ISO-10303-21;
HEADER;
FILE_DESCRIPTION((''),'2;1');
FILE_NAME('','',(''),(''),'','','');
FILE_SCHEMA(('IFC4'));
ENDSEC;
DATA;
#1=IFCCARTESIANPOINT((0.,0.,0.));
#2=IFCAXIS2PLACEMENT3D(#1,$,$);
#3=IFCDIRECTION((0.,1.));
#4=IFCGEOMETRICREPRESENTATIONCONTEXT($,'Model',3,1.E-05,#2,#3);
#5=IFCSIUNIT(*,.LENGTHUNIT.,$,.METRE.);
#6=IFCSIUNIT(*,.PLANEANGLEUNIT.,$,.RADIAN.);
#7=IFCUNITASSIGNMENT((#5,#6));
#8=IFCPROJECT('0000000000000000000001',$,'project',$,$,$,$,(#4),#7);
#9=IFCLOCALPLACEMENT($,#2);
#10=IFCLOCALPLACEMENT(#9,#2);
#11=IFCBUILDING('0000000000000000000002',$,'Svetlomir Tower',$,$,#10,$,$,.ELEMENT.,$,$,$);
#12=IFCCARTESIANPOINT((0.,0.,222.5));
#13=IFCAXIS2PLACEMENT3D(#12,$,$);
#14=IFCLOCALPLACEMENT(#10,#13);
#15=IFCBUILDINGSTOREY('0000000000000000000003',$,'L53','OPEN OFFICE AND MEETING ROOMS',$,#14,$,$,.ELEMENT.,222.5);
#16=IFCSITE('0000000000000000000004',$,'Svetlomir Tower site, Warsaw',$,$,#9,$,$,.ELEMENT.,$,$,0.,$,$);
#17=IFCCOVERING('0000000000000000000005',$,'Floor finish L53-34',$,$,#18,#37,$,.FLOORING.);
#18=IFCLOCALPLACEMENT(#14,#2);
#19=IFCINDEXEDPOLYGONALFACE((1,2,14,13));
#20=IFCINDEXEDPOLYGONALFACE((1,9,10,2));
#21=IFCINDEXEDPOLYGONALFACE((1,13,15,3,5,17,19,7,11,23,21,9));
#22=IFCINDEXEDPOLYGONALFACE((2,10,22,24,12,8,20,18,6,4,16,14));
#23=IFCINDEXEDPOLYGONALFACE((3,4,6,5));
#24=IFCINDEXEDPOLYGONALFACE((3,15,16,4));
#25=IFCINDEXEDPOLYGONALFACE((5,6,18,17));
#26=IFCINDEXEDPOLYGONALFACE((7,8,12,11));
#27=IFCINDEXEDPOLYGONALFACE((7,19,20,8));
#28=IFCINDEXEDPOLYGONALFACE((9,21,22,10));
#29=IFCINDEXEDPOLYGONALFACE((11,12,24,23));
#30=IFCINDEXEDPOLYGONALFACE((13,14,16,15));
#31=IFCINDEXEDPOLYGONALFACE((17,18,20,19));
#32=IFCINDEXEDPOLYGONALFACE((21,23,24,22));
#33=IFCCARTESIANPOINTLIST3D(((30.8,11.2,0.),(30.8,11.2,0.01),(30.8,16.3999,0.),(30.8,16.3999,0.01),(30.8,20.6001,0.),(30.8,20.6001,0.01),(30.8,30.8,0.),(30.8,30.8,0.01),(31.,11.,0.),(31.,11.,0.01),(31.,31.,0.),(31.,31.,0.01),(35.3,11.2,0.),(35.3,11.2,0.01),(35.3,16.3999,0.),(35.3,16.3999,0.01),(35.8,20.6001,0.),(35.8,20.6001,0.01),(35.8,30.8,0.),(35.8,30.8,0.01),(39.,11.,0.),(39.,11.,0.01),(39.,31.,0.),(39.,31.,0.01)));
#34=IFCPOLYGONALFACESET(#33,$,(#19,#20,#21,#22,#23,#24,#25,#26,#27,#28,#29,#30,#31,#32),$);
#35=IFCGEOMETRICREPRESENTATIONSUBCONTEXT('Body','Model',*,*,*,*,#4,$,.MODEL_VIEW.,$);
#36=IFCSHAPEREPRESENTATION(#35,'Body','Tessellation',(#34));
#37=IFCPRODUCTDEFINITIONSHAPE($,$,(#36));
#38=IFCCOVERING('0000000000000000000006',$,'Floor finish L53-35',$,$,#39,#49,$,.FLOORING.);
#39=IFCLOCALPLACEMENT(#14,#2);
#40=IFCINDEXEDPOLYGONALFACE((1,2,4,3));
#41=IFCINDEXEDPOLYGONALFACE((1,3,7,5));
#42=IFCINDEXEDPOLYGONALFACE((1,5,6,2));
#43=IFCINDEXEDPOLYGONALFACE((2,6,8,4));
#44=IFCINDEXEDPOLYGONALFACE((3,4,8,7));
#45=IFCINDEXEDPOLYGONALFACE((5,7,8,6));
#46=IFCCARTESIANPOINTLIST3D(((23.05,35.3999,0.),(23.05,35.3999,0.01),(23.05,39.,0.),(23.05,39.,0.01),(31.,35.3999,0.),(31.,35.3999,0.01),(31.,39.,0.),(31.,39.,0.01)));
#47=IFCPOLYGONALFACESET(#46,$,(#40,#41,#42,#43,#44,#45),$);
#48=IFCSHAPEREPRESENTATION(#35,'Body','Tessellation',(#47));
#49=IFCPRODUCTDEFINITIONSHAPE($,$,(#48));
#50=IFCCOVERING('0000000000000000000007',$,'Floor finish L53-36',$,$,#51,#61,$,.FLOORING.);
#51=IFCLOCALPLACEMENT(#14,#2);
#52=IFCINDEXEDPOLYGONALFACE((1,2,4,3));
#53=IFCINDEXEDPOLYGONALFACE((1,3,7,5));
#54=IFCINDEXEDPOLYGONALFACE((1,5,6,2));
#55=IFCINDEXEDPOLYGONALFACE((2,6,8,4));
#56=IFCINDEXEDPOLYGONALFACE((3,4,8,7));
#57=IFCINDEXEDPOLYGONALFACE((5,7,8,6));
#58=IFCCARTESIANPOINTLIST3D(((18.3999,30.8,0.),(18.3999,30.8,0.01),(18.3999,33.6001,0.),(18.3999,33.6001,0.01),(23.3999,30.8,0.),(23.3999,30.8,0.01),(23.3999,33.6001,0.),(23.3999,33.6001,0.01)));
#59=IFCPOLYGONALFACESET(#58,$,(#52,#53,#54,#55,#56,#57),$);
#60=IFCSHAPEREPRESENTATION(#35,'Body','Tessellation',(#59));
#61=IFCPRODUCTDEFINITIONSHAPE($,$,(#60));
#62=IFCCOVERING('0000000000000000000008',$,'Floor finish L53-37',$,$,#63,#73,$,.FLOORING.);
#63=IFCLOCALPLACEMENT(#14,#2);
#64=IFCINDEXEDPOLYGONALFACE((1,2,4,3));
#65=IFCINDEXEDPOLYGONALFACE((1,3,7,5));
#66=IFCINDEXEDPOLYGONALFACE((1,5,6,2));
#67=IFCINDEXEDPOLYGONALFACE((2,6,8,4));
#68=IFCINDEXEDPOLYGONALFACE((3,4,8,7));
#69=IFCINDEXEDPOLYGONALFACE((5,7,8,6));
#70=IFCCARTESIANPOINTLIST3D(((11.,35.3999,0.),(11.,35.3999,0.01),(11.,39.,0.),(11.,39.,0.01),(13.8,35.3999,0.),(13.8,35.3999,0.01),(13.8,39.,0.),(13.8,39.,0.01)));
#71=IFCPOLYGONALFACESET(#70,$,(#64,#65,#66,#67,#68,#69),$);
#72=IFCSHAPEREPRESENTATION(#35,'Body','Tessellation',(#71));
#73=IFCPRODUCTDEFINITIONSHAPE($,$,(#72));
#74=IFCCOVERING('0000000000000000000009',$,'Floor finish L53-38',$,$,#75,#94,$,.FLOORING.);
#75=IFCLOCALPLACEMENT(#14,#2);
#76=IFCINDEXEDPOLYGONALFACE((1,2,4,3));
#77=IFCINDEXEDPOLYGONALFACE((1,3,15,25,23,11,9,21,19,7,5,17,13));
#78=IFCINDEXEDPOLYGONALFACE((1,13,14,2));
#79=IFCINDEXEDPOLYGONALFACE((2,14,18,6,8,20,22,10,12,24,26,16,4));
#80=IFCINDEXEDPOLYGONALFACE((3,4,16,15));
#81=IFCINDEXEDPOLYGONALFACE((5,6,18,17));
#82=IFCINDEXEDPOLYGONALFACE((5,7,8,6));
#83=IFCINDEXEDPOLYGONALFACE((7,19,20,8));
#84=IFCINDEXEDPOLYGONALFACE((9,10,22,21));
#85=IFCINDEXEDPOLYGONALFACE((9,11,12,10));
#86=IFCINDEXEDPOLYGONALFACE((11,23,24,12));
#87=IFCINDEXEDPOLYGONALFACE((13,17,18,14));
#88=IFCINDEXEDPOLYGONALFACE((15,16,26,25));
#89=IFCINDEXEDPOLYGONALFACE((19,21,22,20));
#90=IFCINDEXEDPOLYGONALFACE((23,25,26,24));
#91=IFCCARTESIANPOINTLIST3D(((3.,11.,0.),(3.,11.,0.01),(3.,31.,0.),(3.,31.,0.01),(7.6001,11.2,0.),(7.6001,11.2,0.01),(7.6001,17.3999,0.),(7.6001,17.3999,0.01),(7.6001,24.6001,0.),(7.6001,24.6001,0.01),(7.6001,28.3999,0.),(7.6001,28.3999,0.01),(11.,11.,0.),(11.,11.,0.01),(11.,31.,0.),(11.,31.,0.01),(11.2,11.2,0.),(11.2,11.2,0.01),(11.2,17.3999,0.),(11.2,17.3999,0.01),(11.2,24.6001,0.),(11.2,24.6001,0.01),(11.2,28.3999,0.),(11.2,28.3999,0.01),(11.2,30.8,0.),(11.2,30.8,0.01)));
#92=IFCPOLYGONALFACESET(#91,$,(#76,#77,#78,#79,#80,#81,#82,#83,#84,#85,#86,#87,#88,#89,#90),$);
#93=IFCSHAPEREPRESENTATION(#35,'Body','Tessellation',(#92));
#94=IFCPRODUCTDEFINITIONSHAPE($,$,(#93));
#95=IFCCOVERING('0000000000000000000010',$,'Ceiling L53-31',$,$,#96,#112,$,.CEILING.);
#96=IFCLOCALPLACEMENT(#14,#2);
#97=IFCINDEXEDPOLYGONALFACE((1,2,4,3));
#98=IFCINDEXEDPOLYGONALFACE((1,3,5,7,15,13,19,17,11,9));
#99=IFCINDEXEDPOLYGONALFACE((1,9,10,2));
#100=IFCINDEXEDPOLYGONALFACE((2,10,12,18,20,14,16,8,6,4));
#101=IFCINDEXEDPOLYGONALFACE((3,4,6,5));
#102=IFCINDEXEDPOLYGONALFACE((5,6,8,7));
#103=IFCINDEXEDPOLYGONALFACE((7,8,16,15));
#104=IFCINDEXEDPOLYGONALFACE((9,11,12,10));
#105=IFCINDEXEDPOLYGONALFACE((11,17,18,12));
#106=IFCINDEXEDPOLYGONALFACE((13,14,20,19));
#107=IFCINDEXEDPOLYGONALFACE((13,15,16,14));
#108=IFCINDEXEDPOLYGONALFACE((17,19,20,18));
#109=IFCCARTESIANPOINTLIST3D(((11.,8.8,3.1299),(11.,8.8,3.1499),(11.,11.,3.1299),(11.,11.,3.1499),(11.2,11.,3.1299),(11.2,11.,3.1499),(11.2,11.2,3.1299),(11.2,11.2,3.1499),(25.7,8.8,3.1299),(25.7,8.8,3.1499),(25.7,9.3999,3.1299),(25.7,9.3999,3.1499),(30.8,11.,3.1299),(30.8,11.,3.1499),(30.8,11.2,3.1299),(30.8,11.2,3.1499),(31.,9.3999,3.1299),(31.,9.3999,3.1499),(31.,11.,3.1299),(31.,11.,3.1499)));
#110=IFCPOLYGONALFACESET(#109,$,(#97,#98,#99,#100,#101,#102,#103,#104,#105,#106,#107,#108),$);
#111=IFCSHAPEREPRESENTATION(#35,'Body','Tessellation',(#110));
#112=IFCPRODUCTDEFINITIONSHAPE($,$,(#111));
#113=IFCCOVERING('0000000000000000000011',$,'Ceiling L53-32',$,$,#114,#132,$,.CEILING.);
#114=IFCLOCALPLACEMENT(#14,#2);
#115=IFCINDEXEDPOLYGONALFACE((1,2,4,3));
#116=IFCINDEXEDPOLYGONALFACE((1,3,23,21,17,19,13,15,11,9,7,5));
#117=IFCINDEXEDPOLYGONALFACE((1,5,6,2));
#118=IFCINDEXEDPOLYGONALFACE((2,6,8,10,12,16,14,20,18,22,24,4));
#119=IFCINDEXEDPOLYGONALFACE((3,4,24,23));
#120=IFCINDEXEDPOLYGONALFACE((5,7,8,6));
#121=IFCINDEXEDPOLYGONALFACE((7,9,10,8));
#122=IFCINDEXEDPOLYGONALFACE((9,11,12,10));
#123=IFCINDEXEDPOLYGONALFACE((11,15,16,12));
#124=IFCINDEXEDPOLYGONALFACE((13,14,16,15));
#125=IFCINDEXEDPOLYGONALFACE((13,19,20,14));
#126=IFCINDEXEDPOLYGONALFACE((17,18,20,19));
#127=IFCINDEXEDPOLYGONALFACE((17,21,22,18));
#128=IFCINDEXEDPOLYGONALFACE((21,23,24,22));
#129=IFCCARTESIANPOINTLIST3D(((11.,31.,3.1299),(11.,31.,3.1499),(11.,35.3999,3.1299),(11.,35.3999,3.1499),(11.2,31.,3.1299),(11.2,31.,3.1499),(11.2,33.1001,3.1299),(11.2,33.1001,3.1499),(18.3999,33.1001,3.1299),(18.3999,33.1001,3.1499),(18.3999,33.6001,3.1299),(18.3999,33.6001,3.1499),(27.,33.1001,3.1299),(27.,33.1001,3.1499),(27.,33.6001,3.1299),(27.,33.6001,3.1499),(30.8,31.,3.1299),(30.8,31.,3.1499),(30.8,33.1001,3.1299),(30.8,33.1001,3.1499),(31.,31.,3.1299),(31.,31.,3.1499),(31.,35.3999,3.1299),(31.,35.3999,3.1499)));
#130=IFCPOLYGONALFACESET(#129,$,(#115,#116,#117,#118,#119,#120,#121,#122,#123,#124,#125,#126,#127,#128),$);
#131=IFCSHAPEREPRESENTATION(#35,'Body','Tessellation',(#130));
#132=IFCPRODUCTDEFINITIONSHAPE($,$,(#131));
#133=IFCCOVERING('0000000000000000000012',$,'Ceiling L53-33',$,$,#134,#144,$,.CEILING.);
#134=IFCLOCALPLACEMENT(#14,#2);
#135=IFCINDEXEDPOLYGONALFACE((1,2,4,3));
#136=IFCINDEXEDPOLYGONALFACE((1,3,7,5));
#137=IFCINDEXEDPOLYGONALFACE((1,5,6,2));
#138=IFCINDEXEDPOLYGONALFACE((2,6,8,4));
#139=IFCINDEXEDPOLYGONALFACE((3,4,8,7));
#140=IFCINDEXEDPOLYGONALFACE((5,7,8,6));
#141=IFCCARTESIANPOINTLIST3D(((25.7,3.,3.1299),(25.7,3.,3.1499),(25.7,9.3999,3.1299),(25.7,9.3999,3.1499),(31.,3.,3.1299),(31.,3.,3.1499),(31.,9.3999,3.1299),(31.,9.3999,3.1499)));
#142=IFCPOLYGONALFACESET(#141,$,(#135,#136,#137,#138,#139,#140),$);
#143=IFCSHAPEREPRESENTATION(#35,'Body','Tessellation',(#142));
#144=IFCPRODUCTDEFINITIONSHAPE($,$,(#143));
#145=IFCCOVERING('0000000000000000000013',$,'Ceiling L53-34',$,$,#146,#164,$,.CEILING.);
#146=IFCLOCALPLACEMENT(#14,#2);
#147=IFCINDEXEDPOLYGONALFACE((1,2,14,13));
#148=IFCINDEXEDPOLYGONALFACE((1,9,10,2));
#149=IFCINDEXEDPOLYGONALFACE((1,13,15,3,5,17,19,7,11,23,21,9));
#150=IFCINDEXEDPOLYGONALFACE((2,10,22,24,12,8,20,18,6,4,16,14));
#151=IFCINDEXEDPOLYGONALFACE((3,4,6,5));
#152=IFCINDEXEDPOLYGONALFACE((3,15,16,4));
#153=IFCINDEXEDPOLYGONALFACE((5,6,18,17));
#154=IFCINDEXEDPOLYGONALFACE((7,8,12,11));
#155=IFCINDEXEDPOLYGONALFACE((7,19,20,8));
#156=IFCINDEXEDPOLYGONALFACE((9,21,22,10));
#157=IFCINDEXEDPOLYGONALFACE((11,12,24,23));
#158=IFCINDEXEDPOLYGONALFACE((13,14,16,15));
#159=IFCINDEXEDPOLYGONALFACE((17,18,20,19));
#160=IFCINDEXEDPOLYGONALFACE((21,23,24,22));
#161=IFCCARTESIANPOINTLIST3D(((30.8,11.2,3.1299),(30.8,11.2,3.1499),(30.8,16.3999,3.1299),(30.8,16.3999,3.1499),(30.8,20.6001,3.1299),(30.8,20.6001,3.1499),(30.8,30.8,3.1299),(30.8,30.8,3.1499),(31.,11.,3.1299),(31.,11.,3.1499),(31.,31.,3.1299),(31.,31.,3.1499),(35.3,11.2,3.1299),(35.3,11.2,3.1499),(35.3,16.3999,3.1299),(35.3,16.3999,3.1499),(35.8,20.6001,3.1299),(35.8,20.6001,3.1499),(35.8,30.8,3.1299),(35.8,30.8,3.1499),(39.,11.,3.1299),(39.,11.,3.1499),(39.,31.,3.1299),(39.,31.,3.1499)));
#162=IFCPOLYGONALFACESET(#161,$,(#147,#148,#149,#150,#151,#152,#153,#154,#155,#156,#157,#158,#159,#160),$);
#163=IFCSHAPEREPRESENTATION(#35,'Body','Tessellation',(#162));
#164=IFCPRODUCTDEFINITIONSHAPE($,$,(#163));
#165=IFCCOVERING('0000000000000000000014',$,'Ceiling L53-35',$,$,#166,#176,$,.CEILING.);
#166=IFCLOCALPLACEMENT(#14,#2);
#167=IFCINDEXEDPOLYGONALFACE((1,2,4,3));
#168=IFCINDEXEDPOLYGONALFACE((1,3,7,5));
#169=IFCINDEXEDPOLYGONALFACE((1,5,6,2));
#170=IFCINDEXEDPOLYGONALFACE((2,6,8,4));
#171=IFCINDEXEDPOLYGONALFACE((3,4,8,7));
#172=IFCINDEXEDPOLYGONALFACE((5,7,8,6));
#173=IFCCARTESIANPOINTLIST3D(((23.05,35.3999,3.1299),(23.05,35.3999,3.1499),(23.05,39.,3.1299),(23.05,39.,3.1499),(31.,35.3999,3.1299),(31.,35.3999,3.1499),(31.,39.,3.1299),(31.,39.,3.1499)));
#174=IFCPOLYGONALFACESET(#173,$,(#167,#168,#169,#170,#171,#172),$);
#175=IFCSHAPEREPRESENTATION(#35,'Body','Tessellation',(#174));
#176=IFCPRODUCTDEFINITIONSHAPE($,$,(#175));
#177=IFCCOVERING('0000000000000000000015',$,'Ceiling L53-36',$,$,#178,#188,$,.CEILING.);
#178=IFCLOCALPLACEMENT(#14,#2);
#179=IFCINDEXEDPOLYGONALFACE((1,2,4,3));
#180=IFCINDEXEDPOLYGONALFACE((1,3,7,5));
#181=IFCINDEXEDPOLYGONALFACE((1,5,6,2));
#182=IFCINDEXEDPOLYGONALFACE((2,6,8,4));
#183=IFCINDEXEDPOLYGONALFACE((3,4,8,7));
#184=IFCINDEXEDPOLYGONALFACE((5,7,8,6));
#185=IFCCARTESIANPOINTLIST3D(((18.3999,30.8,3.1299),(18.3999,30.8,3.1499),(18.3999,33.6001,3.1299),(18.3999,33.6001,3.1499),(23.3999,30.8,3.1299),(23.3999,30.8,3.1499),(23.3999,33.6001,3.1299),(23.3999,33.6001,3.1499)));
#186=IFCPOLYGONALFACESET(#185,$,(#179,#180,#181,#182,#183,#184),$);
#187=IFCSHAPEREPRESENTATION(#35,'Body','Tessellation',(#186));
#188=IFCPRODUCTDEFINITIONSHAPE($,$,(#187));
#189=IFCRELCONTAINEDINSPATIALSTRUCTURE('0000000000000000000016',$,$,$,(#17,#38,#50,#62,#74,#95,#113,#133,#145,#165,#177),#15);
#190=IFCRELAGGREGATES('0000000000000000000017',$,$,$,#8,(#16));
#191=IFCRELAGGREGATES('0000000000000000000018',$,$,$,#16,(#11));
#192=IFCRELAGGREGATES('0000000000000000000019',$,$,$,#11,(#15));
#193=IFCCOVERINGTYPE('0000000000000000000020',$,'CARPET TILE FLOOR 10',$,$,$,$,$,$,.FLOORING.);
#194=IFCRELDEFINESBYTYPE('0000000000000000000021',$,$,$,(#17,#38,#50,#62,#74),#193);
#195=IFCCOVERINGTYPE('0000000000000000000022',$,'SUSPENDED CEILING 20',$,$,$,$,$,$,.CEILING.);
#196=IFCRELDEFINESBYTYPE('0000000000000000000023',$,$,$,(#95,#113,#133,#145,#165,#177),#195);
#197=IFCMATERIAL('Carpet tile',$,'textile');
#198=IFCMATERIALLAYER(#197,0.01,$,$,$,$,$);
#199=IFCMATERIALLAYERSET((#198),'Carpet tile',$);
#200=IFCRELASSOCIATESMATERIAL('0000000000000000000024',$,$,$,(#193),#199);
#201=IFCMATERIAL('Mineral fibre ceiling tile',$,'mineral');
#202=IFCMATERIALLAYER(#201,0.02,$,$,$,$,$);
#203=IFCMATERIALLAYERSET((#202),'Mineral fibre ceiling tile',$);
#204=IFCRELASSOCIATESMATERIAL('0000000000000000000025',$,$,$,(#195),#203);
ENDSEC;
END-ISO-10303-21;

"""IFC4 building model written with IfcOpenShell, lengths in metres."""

from ifc_helpers import new_model, si_unit, direction, frame, origin, place, context, subcontext, project, spatial, polyline, outline, extrude, material, layer, layer_set, type_object, element, save


model = new_model("IFC4")

# Units and contexts
model_context = context("Model", 3, precision=1e-05, world=origin(), true_north=direction((0.0, 1.0)))
body_context = subcontext(model_context, "Body", "Model", "MODEL_VIEW")
ifc_project = project(units=[si_unit("LENGTHUNIT", "METRE"), si_unit("PLANEANGLEUNIT", "RADIAN")], contexts=[model_context])

# Site, building, storey
site_placement = place(None, origin())
site = spatial("IfcSite", under=ifc_project, at=site_placement, Name="Svetlomir Tower site, Warsaw", CompositionType="ELEMENT", RefElevation=0.0)
building_placement = place(site_placement, origin())
building = spatial("IfcBuilding", under=site, at=building_placement, Name="Svetlomir Tower", CompositionType="ELEMENT")
storey_placement = place(building_placement, frame((0.0, 0.0, 222.5)))
storey = spatial("IfcBuildingStorey", under=building, at=storey_placement, Name="L53", Description="OPEN OFFICE AND MEETING ROOMS", CompositionType="ELEMENT", Elevation=222.5)

# Coverings
ifc_material_1 = material(Name="Carpet tile", Category="textile")
ifc_layer_1 = layer(ifc_material_1, 0.01)
ifc_layer_set_1 = layer_set([ifc_layer_1], Name="Carpet tile")
covering_type_1 = type_object("IfcCoveringType", Name="CARPET TILE FLOOR 10", PredefinedType="FLOORING", material=ifc_layer_set_1)
covering_1_placement = place(storey_placement, origin())
element("IfcCovering", 1, at=covering_1_placement, inside=storey, type_object=covering_type_1, Name="Floor finish L53-34", PredefinedType="FLOORING", context=body_context, shape_type="SweptSolid", body=[
    extrude(outline(polyline([(30.8, 30.8), (31.0, 31.0), (39.0, 31.0), (39.0, 11.0), (31.0, 11.0), (30.8, 11.2), (35.3, 11.2), (35.3, 16.3999), (30.8, 16.3999), (30.8, 20.6001), (35.8, 20.6001), (35.8, 30.8), (30.8, 30.8)])), origin(), (0.0, 0.0, 1.0), 0.01),
])
covering_2_placement = place(storey_placement, origin())
element("IfcCovering", 2, at=covering_2_placement, inside=storey, type_object=covering_type_1, Name="Floor finish L53-35", PredefinedType="FLOORING", context=body_context, shape_type="SweptSolid", body=[
    extrude(outline(polyline([(23.05, 35.3999), (23.05, 39.0), (31.0, 39.0), (31.0, 35.3999), (23.05, 35.3999)])), origin(), (0.0, 0.0, 1.0), 0.01),
])
covering_3_placement = place(storey_placement, origin())
element("IfcCovering", 3, at=covering_3_placement, inside=storey, type_object=covering_type_1, Name="Floor finish L53-36", PredefinedType="FLOORING", context=body_context, shape_type="SweptSolid", body=[
    extrude(outline(polyline([(18.3999, 30.8), (18.3999, 33.6001), (23.3999, 33.6001), (23.3999, 30.8), (18.3999, 30.8)])), origin(), (0.0, 0.0, 1.0), 0.01),
])
covering_4_placement = place(storey_placement, origin())
element("IfcCovering", 4, at=covering_4_placement, inside=storey, type_object=covering_type_1, Name="Floor finish L53-37", PredefinedType="FLOORING", context=body_context, shape_type="SweptSolid", body=[
    extrude(outline(polyline([(13.8, 39.0), (13.8, 35.3999), (11.0, 35.3999), (11.0, 39.0), (13.8, 39.0)])), origin(), (0.0, 0.0, 1.0), 0.01),
])
covering_5_placement = place(storey_placement, origin())
element("IfcCovering", 5, at=covering_5_placement, inside=storey, type_object=covering_type_1, Name="Floor finish L53-38", PredefinedType="FLOORING", context=body_context, shape_type="SweptSolid", body=[
    extrude(outline(polyline([(11.2, 28.3999), (7.6001, 28.3999), (7.6001, 24.6001), (11.2, 24.6001), (11.2, 17.3999), (7.6001, 17.3999), (7.6001, 11.2), (11.2, 11.2), (11.0, 11.0), (3.0, 11.0), (3.0, 31.0), (11.0, 31.0), (11.2, 30.8), (11.2, 28.3999)])), origin(), (0.0, 0.0, 1.0), 0.01),
])
ifc_material_2 = material(Name="Mineral fibre ceiling tile", Category="mineral")
ifc_layer_2 = layer(ifc_material_2, 0.02)
ifc_layer_set_2 = layer_set([ifc_layer_2], Name="Mineral fibre ceiling tile")
covering_type_2 = type_object("IfcCoveringType", Name="SUSPENDED CEILING 20", PredefinedType="CEILING", material=ifc_layer_set_2)
covering_6_placement = place(storey_placement, frame((0.0, 0.0, 3.1299)))
element("IfcCovering", 6, at=covering_6_placement, inside=storey, type_object=covering_type_2, Name="Ceiling L53-31", PredefinedType="CEILING", context=body_context, shape_type="SweptSolid", body=[
    extrude(outline(polyline([(11.0, 11.0), (11.2, 11.0), (11.2, 11.2), (30.8, 11.2), (30.8, 11.0), (31.0, 11.0), (31.0, 9.3999), (25.7, 9.3999), (25.7, 8.8), (11.0, 8.8), (11.0, 11.0)])), origin(), (0.0, 0.0, 1.0), 0.02),
])
covering_7_placement = place(storey_placement, frame((0.0, 0.0, 3.1299)))
element("IfcCovering", 7, at=covering_7_placement, inside=storey, type_object=covering_type_2, Name="Ceiling L53-32", PredefinedType="CEILING", context=body_context, shape_type="SweptSolid", body=[
    extrude(outline(polyline([(27.0, 33.1001), (27.0, 33.6001), (18.3999, 33.6001), (18.3999, 33.1001), (11.2, 33.1001), (11.2, 31.0), (11.0, 31.0), (11.0, 35.3999), (31.0, 35.3999), (31.0, 31.0), (30.8, 31.0), (30.8, 33.1001), (27.0, 33.1001)])), origin(), (0.0, 0.0, 1.0), 0.02),
])
covering_8_placement = place(storey_placement, frame((0.0, 0.0, 3.1299)))
element("IfcCovering", 8, at=covering_8_placement, inside=storey, type_object=covering_type_2, Name="Ceiling L53-33", PredefinedType="CEILING", context=body_context, shape_type="SweptSolid", body=[
    extrude(outline(polyline([(25.7, 3.0), (25.7, 9.3999), (31.0, 9.3999), (31.0, 3.0), (25.7, 3.0)])), origin(), (0.0, 0.0, 1.0), 0.02),
])
covering_9_placement = place(storey_placement, frame((0.0, 0.0, 3.1299)))
element("IfcCovering", 9, at=covering_9_placement, inside=storey, type_object=covering_type_2, Name="Ceiling L53-34", PredefinedType="CEILING", context=body_context, shape_type="SweptSolid", body=[
    extrude(outline(polyline([(30.8, 30.8), (31.0, 31.0), (39.0, 31.0), (39.0, 11.0), (31.0, 11.0), (30.8, 11.2), (35.3, 11.2), (35.3, 16.3999), (30.8, 16.3999), (30.8, 20.6001), (35.8, 20.6001), (35.8, 30.8), (30.8, 30.8)])), origin(), (0.0, 0.0, 1.0), 0.02),
])
covering_10_placement = place(storey_placement, frame((0.0, 0.0, 3.1299)))
element("IfcCovering", 10, at=covering_10_placement, inside=storey, type_object=covering_type_2, Name="Ceiling L53-35", PredefinedType="CEILING", context=body_context, shape_type="SweptSolid", body=[
    extrude(outline(polyline([(23.05, 35.3999), (23.05, 39.0), (31.0, 39.0), (31.0, 35.3999), (23.05, 35.3999)])), origin(), (0.0, 0.0, 1.0), 0.02),
])
covering_11_placement = place(storey_placement, frame((0.0, 0.0, 3.1299)))
element("IfcCovering", 11, at=covering_11_placement, inside=storey, type_object=covering_type_2, Name="Ceiling L53-36", PredefinedType="CEILING", context=body_context, shape_type="SweptSolid", body=[
    extrude(outline(polyline([(18.3999, 30.8), (18.3999, 33.6001), (23.3999, 33.6001), (23.3999, 30.8), (18.3999, 30.8)])), origin(), (0.0, 0.0, 1.0), 0.02),
])

save(model, "model.ifc")
